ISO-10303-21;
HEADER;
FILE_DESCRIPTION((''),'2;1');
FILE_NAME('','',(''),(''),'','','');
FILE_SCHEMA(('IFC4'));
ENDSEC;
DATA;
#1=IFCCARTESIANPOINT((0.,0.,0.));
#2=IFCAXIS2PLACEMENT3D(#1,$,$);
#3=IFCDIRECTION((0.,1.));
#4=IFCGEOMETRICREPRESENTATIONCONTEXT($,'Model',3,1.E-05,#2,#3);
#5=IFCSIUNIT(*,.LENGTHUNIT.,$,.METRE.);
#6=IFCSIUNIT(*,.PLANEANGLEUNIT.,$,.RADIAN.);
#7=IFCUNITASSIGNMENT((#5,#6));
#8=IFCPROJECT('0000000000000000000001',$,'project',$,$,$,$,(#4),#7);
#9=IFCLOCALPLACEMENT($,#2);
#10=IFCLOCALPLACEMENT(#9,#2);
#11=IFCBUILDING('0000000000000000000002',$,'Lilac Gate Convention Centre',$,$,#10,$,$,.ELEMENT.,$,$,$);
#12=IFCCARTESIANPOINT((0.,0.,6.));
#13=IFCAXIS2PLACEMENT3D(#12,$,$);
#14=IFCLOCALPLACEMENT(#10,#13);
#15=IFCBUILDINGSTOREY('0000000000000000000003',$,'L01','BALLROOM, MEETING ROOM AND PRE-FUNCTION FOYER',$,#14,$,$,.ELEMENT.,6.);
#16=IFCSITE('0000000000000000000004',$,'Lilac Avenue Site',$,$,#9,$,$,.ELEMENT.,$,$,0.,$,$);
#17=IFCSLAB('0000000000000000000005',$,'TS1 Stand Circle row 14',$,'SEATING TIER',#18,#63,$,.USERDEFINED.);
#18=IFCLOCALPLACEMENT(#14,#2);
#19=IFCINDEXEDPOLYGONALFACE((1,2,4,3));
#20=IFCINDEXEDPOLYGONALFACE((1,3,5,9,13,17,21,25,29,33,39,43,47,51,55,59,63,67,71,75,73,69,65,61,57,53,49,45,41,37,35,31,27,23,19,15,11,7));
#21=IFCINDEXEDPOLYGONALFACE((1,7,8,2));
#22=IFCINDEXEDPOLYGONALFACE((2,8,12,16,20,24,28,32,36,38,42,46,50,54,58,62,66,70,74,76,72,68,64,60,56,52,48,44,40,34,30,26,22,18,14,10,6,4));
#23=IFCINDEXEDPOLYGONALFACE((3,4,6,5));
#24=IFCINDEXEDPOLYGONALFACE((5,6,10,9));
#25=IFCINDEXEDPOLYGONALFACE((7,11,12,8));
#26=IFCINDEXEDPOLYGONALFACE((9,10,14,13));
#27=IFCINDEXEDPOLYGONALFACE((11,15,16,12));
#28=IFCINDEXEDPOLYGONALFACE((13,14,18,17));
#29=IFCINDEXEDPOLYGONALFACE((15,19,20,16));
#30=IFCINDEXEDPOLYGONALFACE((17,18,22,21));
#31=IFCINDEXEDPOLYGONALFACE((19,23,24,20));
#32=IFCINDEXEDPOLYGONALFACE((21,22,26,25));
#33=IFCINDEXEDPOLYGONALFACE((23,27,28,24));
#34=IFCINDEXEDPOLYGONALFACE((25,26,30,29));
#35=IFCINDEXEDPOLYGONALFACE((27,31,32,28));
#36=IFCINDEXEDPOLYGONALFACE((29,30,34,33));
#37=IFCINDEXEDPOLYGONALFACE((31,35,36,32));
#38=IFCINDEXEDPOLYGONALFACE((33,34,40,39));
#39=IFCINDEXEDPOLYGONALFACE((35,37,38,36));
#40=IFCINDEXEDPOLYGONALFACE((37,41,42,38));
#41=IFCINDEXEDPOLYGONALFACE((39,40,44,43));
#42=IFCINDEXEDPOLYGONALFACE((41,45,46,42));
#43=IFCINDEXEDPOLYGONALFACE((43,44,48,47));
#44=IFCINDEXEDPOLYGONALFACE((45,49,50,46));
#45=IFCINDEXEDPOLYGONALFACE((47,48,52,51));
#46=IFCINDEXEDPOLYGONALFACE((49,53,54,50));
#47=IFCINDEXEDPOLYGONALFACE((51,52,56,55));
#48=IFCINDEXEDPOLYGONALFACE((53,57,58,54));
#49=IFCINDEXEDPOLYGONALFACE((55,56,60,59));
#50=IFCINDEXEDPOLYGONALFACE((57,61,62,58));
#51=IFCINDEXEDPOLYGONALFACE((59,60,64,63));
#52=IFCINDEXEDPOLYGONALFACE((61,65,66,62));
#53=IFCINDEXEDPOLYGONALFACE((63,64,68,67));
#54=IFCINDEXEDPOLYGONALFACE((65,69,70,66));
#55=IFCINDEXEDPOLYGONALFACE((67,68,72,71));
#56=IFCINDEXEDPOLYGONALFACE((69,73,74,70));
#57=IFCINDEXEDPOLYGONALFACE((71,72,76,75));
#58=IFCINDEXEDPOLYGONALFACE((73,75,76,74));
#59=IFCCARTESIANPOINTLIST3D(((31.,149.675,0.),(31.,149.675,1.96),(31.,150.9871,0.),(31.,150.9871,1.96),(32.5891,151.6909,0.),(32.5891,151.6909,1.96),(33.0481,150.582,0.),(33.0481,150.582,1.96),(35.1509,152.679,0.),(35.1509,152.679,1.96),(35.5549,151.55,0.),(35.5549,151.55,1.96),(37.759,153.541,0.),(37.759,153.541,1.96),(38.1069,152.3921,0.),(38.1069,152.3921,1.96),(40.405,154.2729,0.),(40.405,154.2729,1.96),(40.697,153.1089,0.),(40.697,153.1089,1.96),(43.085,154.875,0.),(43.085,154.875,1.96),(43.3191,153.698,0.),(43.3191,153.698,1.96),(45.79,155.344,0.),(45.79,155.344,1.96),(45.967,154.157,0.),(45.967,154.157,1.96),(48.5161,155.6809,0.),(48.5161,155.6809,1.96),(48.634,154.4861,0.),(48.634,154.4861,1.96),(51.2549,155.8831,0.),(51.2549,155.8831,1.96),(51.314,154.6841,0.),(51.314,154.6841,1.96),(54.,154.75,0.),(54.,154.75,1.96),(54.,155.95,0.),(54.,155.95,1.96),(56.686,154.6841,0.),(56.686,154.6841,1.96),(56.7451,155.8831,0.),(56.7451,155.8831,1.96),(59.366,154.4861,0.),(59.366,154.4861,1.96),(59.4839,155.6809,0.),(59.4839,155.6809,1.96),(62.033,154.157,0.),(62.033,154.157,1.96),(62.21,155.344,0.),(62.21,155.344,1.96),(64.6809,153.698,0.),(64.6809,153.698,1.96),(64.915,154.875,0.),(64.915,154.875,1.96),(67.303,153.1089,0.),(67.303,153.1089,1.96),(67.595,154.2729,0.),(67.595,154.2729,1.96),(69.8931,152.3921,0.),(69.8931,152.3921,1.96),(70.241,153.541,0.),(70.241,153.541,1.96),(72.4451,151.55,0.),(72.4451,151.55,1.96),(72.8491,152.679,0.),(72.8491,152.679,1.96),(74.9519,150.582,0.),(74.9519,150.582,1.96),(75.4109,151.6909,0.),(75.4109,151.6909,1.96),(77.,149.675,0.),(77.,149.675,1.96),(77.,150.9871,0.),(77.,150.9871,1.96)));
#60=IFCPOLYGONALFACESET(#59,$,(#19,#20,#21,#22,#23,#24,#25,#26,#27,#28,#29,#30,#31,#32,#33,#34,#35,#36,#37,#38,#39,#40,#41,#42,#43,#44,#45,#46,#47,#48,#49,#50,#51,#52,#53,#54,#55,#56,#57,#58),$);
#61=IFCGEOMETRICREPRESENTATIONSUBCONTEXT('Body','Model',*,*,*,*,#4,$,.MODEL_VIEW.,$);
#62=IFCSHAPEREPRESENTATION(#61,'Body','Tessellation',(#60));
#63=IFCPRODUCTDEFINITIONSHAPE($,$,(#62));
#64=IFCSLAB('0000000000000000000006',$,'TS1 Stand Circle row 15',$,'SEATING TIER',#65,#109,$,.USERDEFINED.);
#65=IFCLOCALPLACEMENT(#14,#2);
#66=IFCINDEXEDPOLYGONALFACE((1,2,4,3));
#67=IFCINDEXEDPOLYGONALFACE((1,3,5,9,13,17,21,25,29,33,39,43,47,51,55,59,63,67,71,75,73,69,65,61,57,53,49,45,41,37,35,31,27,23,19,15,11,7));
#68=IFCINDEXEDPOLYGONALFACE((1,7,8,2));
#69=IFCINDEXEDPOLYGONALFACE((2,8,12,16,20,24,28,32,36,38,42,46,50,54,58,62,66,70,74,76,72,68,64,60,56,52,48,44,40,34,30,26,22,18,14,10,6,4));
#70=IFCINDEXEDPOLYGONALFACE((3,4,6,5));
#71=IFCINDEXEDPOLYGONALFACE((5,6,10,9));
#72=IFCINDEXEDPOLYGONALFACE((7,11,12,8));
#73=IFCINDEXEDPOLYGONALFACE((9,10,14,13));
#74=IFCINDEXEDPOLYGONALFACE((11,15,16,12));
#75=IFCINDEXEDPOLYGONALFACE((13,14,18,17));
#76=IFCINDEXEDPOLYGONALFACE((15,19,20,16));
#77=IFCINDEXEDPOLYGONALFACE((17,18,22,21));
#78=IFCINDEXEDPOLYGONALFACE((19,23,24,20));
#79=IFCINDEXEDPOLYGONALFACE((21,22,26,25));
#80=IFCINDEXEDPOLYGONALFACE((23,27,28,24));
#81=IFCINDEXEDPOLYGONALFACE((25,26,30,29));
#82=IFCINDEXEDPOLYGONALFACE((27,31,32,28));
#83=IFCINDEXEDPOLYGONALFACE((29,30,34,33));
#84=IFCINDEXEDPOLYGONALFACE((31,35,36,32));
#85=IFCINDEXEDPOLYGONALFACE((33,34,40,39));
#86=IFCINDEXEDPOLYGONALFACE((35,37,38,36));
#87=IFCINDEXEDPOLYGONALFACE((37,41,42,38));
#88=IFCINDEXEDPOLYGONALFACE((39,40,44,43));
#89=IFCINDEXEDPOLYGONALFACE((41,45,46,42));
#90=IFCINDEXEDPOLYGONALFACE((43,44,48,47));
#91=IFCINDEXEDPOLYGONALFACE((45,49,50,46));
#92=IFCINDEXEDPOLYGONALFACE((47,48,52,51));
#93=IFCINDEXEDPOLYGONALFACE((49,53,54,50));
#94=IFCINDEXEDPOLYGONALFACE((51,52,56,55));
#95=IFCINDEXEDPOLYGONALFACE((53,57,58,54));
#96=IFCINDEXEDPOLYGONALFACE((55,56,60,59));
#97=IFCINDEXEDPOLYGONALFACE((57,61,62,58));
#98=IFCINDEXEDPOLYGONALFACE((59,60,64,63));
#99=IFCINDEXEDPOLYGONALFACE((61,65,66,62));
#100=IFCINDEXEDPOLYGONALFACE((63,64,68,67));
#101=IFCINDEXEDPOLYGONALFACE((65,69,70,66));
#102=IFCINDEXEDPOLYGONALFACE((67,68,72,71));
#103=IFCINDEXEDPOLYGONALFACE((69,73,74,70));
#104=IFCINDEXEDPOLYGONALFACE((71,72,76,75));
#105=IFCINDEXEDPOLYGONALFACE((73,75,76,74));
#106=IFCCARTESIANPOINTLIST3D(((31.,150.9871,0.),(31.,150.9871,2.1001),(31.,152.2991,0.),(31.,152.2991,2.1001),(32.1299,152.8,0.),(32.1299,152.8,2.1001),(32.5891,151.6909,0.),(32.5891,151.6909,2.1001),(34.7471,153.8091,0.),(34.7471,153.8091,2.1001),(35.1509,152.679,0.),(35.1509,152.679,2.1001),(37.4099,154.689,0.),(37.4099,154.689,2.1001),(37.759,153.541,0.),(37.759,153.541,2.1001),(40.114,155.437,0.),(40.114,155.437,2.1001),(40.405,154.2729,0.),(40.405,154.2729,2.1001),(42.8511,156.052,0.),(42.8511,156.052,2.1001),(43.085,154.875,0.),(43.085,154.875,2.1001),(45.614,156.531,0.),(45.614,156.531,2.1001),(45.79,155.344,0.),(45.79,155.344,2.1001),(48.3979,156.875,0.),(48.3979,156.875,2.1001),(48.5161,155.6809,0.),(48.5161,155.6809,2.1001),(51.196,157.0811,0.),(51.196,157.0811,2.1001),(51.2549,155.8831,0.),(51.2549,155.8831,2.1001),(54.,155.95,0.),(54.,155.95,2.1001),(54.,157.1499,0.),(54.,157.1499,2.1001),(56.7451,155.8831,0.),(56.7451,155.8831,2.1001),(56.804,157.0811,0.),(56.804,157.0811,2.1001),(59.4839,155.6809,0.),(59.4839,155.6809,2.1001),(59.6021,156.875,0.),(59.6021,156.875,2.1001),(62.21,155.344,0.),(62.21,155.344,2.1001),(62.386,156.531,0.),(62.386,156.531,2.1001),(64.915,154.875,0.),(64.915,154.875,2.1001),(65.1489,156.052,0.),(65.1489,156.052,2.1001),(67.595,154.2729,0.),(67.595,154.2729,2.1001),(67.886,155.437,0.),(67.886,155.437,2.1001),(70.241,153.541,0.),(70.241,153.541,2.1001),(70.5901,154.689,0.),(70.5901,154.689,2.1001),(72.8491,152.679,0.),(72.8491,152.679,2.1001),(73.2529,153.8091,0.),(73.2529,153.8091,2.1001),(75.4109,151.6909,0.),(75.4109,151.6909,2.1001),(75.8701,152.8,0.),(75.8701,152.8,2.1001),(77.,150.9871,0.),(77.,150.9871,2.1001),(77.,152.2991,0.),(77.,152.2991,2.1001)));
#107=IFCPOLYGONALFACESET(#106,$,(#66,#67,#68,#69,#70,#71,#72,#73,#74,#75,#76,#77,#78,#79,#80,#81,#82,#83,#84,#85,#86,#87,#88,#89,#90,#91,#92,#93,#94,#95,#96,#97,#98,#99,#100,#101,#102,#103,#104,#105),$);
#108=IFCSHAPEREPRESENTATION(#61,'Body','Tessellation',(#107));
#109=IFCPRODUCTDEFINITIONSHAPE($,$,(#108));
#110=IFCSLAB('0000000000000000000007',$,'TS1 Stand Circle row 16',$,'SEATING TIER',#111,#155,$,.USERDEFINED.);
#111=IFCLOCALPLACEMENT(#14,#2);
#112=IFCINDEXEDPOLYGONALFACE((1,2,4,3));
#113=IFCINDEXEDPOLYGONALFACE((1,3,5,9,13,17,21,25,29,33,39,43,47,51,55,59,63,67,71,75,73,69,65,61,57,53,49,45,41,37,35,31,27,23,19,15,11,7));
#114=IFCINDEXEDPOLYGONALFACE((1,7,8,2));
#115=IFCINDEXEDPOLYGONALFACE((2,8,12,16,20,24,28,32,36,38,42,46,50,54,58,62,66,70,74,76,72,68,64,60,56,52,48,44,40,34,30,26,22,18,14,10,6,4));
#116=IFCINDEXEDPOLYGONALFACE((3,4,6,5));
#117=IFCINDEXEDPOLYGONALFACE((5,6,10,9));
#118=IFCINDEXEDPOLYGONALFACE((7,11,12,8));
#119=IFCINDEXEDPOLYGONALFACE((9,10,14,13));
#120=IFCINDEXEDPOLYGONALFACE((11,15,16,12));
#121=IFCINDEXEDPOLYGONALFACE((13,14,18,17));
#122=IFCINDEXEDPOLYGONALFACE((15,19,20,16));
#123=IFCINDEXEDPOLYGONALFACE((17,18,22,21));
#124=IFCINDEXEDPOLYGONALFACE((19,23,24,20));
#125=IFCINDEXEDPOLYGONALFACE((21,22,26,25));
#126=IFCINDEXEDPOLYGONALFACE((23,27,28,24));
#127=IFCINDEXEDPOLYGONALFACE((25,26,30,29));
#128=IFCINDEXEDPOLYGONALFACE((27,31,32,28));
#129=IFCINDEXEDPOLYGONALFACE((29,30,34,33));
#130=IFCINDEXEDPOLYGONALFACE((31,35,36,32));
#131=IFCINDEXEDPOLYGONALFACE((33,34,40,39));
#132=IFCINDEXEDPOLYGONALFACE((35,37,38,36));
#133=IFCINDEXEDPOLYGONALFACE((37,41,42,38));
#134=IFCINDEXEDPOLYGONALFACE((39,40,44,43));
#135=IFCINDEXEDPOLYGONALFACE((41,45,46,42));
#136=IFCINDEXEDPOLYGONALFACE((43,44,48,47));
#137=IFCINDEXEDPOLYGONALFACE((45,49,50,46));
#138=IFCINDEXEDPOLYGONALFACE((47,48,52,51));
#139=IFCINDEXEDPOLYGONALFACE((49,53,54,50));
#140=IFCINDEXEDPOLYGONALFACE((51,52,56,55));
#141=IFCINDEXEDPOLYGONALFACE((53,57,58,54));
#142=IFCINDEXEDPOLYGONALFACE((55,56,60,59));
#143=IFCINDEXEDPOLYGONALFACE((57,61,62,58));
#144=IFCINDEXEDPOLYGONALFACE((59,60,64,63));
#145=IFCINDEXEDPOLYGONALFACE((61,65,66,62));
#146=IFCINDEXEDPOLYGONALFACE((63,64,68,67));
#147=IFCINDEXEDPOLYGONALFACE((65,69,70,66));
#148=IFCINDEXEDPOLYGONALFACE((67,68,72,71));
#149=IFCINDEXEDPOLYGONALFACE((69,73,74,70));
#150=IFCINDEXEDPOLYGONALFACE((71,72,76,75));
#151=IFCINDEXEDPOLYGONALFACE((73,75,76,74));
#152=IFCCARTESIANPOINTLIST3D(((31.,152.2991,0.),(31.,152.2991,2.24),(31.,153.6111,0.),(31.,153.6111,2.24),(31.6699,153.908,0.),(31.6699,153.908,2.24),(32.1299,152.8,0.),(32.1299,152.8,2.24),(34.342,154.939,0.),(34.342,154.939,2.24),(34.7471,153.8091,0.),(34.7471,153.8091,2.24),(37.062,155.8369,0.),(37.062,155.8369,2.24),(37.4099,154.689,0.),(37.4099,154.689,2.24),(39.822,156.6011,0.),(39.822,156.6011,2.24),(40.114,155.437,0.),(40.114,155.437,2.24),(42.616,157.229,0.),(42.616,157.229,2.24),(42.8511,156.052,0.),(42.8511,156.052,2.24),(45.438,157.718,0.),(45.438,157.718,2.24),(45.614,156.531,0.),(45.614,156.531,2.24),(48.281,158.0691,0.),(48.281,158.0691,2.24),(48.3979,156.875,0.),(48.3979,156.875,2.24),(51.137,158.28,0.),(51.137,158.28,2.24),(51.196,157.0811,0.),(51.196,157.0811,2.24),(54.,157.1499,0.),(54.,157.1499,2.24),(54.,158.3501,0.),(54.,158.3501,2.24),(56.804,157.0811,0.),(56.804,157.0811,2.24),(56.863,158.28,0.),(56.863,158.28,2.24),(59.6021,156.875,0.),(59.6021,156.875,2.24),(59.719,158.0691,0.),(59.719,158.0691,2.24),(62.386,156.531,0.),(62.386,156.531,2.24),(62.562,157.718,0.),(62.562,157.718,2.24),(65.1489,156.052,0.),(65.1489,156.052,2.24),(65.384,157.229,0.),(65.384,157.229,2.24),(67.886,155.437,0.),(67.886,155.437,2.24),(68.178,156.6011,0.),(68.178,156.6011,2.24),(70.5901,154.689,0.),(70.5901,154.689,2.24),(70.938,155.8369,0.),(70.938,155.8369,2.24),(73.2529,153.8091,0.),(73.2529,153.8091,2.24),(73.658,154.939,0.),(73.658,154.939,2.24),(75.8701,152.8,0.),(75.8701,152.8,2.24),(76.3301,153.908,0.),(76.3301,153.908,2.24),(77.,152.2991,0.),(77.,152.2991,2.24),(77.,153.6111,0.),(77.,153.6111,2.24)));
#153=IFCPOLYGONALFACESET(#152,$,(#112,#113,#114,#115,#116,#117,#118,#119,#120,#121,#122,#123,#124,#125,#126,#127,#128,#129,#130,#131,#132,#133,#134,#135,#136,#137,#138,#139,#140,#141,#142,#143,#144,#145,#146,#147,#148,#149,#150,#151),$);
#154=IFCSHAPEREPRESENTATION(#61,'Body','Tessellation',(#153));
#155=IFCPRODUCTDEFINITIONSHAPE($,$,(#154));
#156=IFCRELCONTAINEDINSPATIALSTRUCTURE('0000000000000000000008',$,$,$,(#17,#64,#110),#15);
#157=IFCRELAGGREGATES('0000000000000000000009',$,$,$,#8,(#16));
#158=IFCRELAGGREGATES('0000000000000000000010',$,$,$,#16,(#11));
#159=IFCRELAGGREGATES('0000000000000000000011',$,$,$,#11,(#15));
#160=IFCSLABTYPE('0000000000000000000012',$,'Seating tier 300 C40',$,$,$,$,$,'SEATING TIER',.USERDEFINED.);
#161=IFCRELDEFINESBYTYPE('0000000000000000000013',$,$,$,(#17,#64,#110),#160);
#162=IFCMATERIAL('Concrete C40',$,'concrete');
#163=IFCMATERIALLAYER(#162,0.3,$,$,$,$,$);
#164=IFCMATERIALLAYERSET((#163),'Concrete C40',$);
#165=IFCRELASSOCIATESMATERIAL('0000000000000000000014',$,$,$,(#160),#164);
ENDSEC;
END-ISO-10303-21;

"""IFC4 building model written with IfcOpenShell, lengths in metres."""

from ifc_helpers import new_model, si_unit, direction, frame, origin, place, context, subcontext, project, spatial, polyline, outline, extrude, material, layer, layer_set, type_object, element, save


model = new_model("IFC4")

# Units and contexts
model_context = context("Model", 3, precision=1e-05, world=origin(), true_north=direction((0.0, 1.0)))
body_context = subcontext(model_context, "Body", "Model", "MODEL_VIEW")
ifc_project = project(units=[si_unit("LENGTHUNIT", "METRE"), si_unit("PLANEANGLEUNIT", "RADIAN")], contexts=[model_context])

# Site, building, storey
site_placement = place(None, origin())
site = spatial("IfcSite", under=ifc_project, at=site_placement, Name="Lilac Avenue Site", CompositionType="ELEMENT", RefElevation=0.0)
building_placement = place(site_placement, origin())
building = spatial("IfcBuilding", under=site, at=building_placement, Name="Lilac Gate Convention Centre", CompositionType="ELEMENT")
storey_placement = place(building_placement, frame((0.0, 0.0, 6.0)))
storey = spatial("IfcBuildingStorey", under=building, at=storey_placement, Name="L01", Description="BALLROOM, MEETING ROOM AND PRE-FUNCTION FOYER", CompositionType="ELEMENT", Elevation=6.0)

# Shared definitions
ifc_material = material(Name="Concrete C40", Category="concrete")

# Slabs
ifc_layer_1 = layer(ifc_material, 0.3)
ifc_layer_set_1 = layer_set([ifc_layer_1], Name="Concrete C40")
slab_type_1 = type_object("IfcSlabType", Name="Seating tier 300 C40", ElementType="SEATING TIER", PredefinedType="USERDEFINED", material=ifc_layer_set_1)
slab_1_placement = place(storey_placement, origin())
element("IfcSlab", 1, at=slab_1_placement, inside=storey, type_object=slab_type_1, Name="TS1 Stand Circle row 14", ObjectType="SEATING TIER", PredefinedType="USERDEFINED", context=body_context, shape_type="SweptSolid", body=[
    extrude(outline(polyline([(32.5891, 151.6909), (35.1509, 152.679), (37.759, 153.541), (40.405, 154.2729), (43.085, 154.875), (45.79, 155.344), (48.5161, 155.6809), (51.2549, 155.8831), (54.0, 155.95), (56.7451, 155.8831), (59.4839, 155.6809), (62.21, 155.344), (64.915, 154.875), (67.595, 154.2729), (70.241, 153.541), (72.8491, 152.679), (75.4109, 151.6909), (77.0, 150.9871), (77.0, 149.675), (74.9519, 150.582), (72.4451, 151.55), (69.8931, 152.3921), (67.303, 153.1089), (64.6809, 153.698), (62.033, 154.157), (59.366, 154.4861), (56.686, 154.6841), (54.0, 154.75), (51.314, 154.6841), (48.634, 154.4861), (45.967, 154.157), (43.3191, 153.698), (40.697, 153.1089), (38.1069, 152.3921), (35.5549, 151.55), (33.0481, 150.582), (31.0, 149.675), (31.0, 150.9871), (32.5891, 151.6909)])), origin(), (0.0, 0.0, 1.0), 1.96),
])
slab_2_placement = place(storey_placement, origin())
element("IfcSlab", 2, at=slab_2_placement, inside=storey, type_object=slab_type_1, Name="TS1 Stand Circle row 15", ObjectType="SEATING TIER", PredefinedType="USERDEFINED", context=body_context, shape_type="SweptSolid", body=[
    extrude(outline(polyline([(32.1299, 152.8), (34.7471, 153.8091), (37.4099, 154.689), (40.114, 155.437), (42.8511, 156.052), (45.614, 156.531), (48.3979, 156.875), (51.196, 157.0811), (54.0, 157.1499), (56.804, 157.0811), (59.6021, 156.875), (62.386, 156.531), (65.1489, 156.052), (67.886, 155.437), (70.5901, 154.689), (73.2529, 153.8091), (75.8701, 152.8), (77.0, 152.2991), (77.0, 150.9871), (75.4109, 151.6909), (72.8491, 152.679), (70.241, 153.541), (67.595, 154.2729), (64.915, 154.875), (62.21, 155.344), (59.4839, 155.6809), (56.7451, 155.8831), (54.0, 155.95), (51.2549, 155.8831), (48.5161, 155.6809), (45.79, 155.344), (43.085, 154.875), (40.405, 154.2729), (37.759, 153.541), (35.1509, 152.679), (32.5891, 151.6909), (31.0, 150.9871), (31.0, 152.2991), (32.1299, 152.8)])), origin(), (0.0, 0.0, 1.0), 2.1001),
])
slab_3_placement = place(storey_placement, origin())
element("IfcSlab", 3, at=slab_3_placement, inside=storey, type_object=slab_type_1, Name="TS1 Stand Circle row 16", ObjectType="SEATING TIER", PredefinedType="USERDEFINED", context=body_context, shape_type="SweptSolid", body=[
    extrude(outline(polyline([(31.6699, 153.908), (34.342, 154.939), (37.062, 155.8369), (39.822, 156.6011), (42.616, 157.229), (45.438, 157.718), (48.281, 158.0691), (51.137, 158.28), (54.0, 158.3501), (56.863, 158.28), (59.719, 158.0691), (62.562, 157.718), (65.384, 157.229), (68.178, 156.6011), (70.938, 155.8369), (73.658, 154.939), (76.3301, 153.908), (77.0, 153.6111), (77.0, 152.2991), (75.8701, 152.8), (73.2529, 153.8091), (70.5901, 154.689), (67.886, 155.437), (65.1489, 156.052), (62.386, 156.531), (59.6021, 156.875), (56.804, 157.0811), (54.0, 157.1499), (51.196, 157.0811), (48.3979, 156.875), (45.614, 156.531), (42.8511, 156.052), (40.114, 155.437), (37.4099, 154.689), (34.7471, 153.8091), (32.1299, 152.8), (31.0, 152.2991), (31.0, 153.6111), (31.6699, 153.908)])), origin(), (0.0, 0.0, 1.0), 2.24),
])

save(model, "model.ifc")
